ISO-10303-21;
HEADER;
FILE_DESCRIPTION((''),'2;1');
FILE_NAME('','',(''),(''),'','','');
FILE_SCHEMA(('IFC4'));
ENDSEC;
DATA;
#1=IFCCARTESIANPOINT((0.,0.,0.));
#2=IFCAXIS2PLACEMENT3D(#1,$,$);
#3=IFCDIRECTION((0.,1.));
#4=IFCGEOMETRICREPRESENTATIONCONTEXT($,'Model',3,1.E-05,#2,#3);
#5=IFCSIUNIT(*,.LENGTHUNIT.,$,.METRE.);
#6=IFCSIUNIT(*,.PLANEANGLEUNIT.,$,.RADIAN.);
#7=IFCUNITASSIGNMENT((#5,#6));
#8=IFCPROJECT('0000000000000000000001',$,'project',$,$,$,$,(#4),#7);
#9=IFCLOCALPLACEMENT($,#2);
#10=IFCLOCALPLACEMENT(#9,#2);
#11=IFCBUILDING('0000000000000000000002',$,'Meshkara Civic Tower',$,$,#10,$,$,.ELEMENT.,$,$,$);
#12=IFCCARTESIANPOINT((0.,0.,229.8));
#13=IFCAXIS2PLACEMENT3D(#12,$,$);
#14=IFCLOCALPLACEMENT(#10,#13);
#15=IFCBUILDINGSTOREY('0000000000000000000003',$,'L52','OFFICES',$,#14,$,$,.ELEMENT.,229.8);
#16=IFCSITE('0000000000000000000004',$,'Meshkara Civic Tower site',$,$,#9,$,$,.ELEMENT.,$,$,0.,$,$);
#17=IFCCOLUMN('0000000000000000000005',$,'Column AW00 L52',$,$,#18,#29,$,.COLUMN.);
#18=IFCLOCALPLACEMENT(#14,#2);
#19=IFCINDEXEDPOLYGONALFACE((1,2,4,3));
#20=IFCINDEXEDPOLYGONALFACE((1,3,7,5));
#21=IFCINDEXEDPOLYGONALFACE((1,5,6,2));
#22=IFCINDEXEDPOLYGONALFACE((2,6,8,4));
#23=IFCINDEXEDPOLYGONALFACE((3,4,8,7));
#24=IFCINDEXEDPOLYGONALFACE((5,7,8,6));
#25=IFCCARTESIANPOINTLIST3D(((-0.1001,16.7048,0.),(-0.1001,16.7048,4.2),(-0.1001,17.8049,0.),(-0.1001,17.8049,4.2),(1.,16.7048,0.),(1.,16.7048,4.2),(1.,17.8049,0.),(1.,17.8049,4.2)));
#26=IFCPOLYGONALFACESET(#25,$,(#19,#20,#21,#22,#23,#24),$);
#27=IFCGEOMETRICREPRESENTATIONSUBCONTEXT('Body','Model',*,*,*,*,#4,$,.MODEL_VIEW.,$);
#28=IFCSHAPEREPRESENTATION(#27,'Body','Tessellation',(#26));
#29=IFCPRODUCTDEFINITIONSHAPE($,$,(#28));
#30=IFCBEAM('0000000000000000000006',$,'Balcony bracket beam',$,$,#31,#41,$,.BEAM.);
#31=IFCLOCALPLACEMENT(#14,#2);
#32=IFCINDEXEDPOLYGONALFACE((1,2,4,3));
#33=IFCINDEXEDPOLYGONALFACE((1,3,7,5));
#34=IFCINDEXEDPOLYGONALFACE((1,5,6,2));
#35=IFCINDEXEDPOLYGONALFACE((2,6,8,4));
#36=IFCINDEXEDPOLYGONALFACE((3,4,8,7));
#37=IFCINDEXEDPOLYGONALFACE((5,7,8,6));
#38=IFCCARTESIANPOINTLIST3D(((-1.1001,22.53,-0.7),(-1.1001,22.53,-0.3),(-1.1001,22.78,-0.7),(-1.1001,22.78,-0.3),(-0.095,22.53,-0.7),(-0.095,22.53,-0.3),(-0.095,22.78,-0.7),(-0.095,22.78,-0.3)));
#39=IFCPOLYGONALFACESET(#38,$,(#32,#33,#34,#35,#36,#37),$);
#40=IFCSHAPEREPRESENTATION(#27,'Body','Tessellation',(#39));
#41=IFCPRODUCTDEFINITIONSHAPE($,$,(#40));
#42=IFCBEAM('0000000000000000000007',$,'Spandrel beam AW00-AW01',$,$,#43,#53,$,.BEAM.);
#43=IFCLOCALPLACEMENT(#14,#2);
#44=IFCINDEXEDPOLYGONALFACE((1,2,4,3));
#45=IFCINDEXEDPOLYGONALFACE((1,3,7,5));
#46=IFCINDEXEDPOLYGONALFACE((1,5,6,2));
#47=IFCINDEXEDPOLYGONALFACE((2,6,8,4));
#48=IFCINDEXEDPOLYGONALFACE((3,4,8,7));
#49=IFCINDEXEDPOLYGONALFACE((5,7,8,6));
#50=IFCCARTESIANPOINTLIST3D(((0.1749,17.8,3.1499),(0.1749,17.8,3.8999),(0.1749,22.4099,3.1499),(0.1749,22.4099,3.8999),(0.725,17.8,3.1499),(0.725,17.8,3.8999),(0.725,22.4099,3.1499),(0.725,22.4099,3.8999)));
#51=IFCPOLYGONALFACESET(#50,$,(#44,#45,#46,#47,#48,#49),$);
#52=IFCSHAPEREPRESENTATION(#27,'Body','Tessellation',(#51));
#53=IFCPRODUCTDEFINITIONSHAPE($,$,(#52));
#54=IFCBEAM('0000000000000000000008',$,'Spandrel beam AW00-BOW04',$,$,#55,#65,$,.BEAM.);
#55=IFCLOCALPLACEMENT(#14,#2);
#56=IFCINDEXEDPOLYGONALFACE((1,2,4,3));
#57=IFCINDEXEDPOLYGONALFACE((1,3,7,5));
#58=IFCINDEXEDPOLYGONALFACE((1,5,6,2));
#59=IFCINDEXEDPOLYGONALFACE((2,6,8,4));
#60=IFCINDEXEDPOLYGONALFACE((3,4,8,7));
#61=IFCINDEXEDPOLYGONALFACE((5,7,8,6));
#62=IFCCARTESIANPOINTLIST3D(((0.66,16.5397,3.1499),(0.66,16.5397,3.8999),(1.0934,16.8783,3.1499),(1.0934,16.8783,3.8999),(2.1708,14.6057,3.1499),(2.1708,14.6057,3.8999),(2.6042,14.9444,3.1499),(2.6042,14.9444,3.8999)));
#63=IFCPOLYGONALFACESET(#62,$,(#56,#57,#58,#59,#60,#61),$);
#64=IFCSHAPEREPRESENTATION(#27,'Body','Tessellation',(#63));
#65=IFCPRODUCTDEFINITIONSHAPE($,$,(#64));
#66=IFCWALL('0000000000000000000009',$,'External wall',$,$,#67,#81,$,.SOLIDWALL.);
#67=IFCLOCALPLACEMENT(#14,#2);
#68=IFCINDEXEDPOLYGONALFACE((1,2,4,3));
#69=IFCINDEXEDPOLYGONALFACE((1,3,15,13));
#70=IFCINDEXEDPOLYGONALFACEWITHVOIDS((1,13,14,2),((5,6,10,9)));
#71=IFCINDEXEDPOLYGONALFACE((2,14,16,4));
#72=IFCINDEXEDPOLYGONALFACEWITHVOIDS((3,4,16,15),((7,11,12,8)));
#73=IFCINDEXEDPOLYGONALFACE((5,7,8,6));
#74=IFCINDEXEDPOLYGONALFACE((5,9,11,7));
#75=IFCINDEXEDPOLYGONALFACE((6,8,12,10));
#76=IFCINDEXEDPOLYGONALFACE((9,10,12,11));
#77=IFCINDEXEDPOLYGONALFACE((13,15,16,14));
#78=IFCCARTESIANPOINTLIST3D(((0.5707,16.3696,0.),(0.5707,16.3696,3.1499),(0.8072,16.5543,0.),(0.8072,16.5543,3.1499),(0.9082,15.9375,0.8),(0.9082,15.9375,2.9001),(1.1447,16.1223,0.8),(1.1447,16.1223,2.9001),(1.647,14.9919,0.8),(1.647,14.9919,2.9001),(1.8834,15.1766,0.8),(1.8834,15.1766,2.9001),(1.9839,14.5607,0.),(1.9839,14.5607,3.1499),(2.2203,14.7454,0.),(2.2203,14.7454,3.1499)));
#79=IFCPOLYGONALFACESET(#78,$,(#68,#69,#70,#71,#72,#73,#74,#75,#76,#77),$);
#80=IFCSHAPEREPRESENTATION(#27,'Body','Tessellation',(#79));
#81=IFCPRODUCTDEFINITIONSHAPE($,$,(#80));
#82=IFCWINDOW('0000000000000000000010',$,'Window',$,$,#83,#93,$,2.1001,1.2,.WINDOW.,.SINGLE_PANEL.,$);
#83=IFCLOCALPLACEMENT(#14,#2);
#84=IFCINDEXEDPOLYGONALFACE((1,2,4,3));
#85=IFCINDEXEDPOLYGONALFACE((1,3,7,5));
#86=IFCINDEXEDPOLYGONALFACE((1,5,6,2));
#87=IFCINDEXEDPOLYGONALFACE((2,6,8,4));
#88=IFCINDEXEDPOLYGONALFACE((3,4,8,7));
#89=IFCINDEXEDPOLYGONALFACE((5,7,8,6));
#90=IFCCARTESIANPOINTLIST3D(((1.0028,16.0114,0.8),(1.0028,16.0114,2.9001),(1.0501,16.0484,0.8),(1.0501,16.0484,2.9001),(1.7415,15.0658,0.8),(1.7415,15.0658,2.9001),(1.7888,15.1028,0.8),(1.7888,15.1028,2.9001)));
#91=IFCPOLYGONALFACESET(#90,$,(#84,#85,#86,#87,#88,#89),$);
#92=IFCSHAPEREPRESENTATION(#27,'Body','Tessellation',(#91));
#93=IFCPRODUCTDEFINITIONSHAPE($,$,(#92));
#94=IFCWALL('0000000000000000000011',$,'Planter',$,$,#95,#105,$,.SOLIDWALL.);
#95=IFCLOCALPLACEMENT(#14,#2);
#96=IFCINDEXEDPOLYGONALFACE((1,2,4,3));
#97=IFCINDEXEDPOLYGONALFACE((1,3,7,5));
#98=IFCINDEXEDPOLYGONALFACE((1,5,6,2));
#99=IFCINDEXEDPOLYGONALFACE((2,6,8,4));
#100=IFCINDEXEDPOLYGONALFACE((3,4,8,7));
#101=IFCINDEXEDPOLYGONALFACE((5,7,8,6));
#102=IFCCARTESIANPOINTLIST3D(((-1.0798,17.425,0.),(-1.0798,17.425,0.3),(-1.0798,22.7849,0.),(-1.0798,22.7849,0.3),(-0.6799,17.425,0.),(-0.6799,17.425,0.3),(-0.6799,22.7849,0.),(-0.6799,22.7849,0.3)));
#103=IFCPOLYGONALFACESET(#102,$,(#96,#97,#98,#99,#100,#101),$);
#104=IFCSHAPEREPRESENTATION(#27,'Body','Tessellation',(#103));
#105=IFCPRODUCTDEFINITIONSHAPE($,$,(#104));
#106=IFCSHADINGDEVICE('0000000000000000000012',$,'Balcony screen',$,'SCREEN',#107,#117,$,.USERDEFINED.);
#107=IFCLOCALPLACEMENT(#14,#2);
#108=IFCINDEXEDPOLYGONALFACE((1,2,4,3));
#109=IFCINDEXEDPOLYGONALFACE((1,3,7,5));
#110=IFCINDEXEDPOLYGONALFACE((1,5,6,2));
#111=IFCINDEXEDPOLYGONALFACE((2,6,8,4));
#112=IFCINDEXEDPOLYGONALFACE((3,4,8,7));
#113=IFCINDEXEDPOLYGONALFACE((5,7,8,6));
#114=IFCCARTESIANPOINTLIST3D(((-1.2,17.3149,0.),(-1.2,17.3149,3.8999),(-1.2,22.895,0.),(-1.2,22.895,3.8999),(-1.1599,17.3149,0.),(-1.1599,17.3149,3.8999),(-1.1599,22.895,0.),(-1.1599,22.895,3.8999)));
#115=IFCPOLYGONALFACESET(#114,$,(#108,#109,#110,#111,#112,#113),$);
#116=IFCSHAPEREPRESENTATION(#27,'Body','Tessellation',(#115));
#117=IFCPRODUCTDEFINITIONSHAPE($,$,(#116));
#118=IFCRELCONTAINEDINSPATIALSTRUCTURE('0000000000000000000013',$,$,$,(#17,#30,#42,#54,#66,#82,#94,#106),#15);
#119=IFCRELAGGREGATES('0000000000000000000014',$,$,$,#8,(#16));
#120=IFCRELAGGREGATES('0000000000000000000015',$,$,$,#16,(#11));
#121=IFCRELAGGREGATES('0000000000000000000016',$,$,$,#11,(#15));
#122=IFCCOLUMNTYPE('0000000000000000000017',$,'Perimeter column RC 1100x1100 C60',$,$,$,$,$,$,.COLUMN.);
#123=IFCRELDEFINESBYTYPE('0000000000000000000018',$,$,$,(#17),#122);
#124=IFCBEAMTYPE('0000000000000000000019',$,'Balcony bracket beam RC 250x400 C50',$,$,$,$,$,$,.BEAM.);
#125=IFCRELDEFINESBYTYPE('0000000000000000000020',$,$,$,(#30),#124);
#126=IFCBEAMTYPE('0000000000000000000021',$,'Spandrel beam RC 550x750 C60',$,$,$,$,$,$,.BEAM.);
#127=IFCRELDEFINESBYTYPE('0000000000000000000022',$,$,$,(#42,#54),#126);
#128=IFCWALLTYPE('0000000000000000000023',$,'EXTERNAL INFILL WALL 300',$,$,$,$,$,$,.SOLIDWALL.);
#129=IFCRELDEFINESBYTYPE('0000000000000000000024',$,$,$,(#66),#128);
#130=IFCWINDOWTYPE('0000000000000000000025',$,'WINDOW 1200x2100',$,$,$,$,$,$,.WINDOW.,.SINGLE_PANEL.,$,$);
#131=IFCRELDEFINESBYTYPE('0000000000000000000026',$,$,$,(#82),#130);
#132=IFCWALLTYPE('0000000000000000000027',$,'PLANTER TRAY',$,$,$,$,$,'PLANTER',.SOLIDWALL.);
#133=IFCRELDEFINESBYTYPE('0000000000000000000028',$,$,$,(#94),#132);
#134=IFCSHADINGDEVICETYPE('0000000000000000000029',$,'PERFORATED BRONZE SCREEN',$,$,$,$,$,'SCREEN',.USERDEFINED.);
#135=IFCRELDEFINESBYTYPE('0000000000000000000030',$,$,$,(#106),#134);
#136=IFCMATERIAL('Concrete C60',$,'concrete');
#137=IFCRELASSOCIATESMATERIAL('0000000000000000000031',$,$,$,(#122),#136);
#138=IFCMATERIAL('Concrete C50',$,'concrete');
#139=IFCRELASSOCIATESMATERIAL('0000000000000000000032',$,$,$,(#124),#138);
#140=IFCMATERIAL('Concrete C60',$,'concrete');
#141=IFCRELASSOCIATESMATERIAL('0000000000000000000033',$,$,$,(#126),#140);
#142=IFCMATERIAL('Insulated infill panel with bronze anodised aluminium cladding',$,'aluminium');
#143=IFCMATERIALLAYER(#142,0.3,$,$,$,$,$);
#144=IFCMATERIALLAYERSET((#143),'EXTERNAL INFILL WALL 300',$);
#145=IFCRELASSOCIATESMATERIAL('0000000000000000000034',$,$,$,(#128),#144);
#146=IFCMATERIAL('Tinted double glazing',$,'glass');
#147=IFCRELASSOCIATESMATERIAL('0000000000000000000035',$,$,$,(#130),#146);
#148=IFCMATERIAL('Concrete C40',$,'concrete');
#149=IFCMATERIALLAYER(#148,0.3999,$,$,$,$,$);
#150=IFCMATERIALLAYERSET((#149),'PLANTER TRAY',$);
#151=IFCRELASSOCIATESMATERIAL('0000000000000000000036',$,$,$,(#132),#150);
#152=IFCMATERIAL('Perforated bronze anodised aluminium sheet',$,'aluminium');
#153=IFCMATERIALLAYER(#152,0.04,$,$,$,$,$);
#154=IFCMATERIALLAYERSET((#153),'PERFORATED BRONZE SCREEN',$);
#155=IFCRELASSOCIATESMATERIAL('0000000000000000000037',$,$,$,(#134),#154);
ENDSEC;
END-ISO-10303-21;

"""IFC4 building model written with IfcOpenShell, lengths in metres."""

from ifc_helpers import new_model, si_unit, direction, frame, frame_2d, origin, origin_2d, place, context, subcontext, project, spatial, rectangle, extrude, material, layer, layer_set, material_profile, profile_set, type_object, element, fill, save


model = new_model("IFC4")

# Units and contexts
model_context = context("Model", 3, precision=1e-05, world=origin(), true_north=direction((0.0, 1.0)))
body_context = subcontext(model_context, "Body", "Model", "MODEL_VIEW")
ifc_project = project(units=[si_unit("LENGTHUNIT", "METRE"), si_unit("PLANEANGLEUNIT", "RADIAN")], contexts=[model_context])

# Site, building, storey
site_placement = place(None, origin())
site = spatial("IfcSite", under=ifc_project, at=site_placement, Name="Meshkara Civic Tower site", CompositionType="ELEMENT", RefElevation=0.0)
building_placement = place(site_placement, origin())
building = spatial("IfcBuilding", under=site, at=building_placement, Name="Meshkara Civic Tower", CompositionType="ELEMENT")
storey_placement = place(building_placement, frame((0.0, 0.0, 229.8)))
storey = spatial("IfcBuildingStorey", under=building, at=storey_placement, Name="L52", Description="OFFICES", CompositionType="ELEMENT", Elevation=229.8)

# Column
ifc_material_1 = material(Name="Concrete C60", Category="concrete")
ifc_material_profile_1 = material_profile(ifc_material_1, rectangle(XDim=1.1001, YDim=1.1001, at=origin_2d()))
ifc_profile_set_1 = profile_set([ifc_material_profile_1], Name="Concrete C60")
column_type = type_object("IfcColumnType", Name="Perimeter column RC 1100x1100 C60", PredefinedType="COLUMN", material=ifc_profile_set_1)
column_placement = place(storey_placement, frame((0.45, 17.2549, 0.0), z_axis=(0.0, 0.0, 1.0), x_axis=(1.0, 0.0, 0.0)))
element("IfcColumn", 1, at=column_placement, inside=storey, type_object=column_type, Name="Column AW00 L52", PredefinedType="COLUMN", context=body_context, shape_type="SweptSolid", body=[
    extrude(rectangle(XDim=1.1001, YDim=1.1001, at=origin_2d()), origin(), (0.0, 0.0, 1.0), 4.2),
])

# Beams
ifc_material_2 = material(Name="Concrete C50", Category="concrete")
ifc_material_profile_2 = material_profile(ifc_material_2, rectangle(XDim=0.25, YDim=0.3999, at=origin_2d()))
ifc_profile_set_2 = profile_set([ifc_material_profile_2], Name="Concrete C50")
beam_type_1 = type_object("IfcBeamType", Name="Balcony bracket beam RC 250x400 C50", PredefinedType="BEAM", material=ifc_profile_set_2)
beam_1_placement = place(storey_placement, frame((-0.095, 22.655, -0.5), z_axis=(-1.0, 0.0, 0.0), x_axis=(0.0, -1.0, 0.0)))
element("IfcBeam", 2, at=beam_1_placement, inside=storey, type_object=beam_type_1, Name="Balcony bracket beam", PredefinedType="BEAM", context=body_context, shape_type="SweptSolid", body=[
    extrude(rectangle(XDim=0.25, YDim=0.3999, at=origin_2d()), origin(), (0.0, 0.0, 1.0), 1.0051),
])
ifc_material_3 = material(Name="Concrete C60", Category="concrete")
ifc_material_profile_3 = material_profile(ifc_material_3, rectangle(XDim=0.55, YDim=0.75, at=origin_2d()))
ifc_profile_set_3 = profile_set([ifc_material_profile_3], Name="Concrete C60")
beam_type_2 = type_object("IfcBeamType", Name="Spandrel beam RC 550x750 C60", PredefinedType="BEAM", material=ifc_profile_set_3)
beam_2_placement = place(storey_placement, frame((0.45, 22.4099, 3.5249), z_axis=(0.0, -1.0, 0.0), x_axis=(1.0, 0.0, 0.0)))
element("IfcBeam", 3, at=beam_2_placement, inside=storey, type_object=beam_type_2, Name="Spandrel beam AW00-AW01", PredefinedType="BEAM", context=body_context, shape_type="SweptSolid", body=[
    extrude(rectangle(XDim=0.55, YDim=0.75, at=origin_2d()), origin(), (0.0, 0.0, 1.0), 4.6099),
])
beam_3_placement = place(storey_placement, frame((0.8767, 16.709, 3.5249), z_axis=(0.615627, -0.788038, 0.0), x_axis=(0.788038, 0.615627, 0.0)))
element("IfcBeam", 4, at=beam_3_placement, inside=storey, type_object=beam_type_2, Name="Spandrel beam AW00-BOW04", PredefinedType="BEAM", context=body_context, shape_type="SweptSolid", body=[
    extrude(rectangle(XDim=0.55, YDim=0.75, at=origin_2d()), origin(), (0.0, 0.0, 1.0), 2.4541),
])

# Wall, opening, window
ifc_material_4 = material(Name="Insulated infill panel with bronze anodised aluminium cladding", Category="aluminium")
ifc_layer_1 = layer(ifc_material_4, 0.3)
ifc_layer_set_1 = layer_set([ifc_layer_1], Name="EXTERNAL INFILL WALL 300")
wall_type_1 = type_object("IfcWallType", Name="EXTERNAL INFILL WALL 300", PredefinedType="SOLIDWALL", material=ifc_layer_set_1)
wall_1_placement = place(storey_placement, frame((0.689, 16.4619, 0.0), z_axis=(0.0, 0.0, 1.0), x_axis=(0.615625, -0.788039, 0.0)))
wall_1 = element("IfcWall", 5, at=wall_1_placement, inside=storey, type_object=wall_type_1, Name="External wall", PredefinedType="SOLIDWALL", context=body_context, shape_type="SweptSolid", body=[
    extrude(rectangle(XDim=2.2954, YDim=0.3, at=frame_2d((1.1477, 0.0))), origin(), (0.0, 0.0, 1.0), 3.1499),
])
opening_1_placement = place(wall_1_placement, frame((0.5481, 0.0, 0.8)))
opening_1 = element("IfcOpeningElement", 6, at=opening_1_placement, cuts=wall_1, PredefinedType="OPENING", context=body_context, shape_type="SweptSolid", body=[
    extrude(rectangle(XDim=1.2, YDim=2.1001, at=frame_2d((0.6001, 1.05))), frame((0.0, 0.1599, 0.0), z_axis=(0.0, -1.0, 0.0), x_axis=(1.0, 0.0, 0.0)), (0.0, 0.0, 1.0), 0.3201),
])
ifc_material_5 = material(Name="Tinted double glazing", Category="glass")
window_type = type_object("IfcWindowType", Name="WINDOW 1200x2100", PartitioningType="SINGLE_PANEL", PredefinedType="WINDOW", material=ifc_material_5)
window_placement = place(opening_1_placement, origin())
window = element("IfcWindow", 7, at=window_placement, inside=storey, type_object=window_type, Name="Window", OverallHeight=2.1001, OverallWidth=1.2, PartitioningType="SINGLE_PANEL", PredefinedType="WINDOW", context=body_context, shape_type="SweptSolid", body=[
    extrude(rectangle(XDim=1.2, YDim=2.1001, at=frame_2d((0.6001, 1.05))), frame((0.0, 0.03, 0.0), z_axis=(0.0, -1.0, 0.0), x_axis=(1.0, 0.0, 0.0)), (0.0, 0.0, 1.0), 0.0601),
])
fill(opening_1, window)

# Wall
ifc_material_6 = material(Name="Concrete C40", Category="concrete")
ifc_layer_2 = layer(ifc_material_6, 0.3999)
ifc_layer_set_2 = layer_set([ifc_layer_2], Name="PLANTER TRAY")
wall_type_2 = type_object("IfcWallType", Name="PLANTER TRAY", ElementType="PLANTER", PredefinedType="SOLIDWALL", material=ifc_layer_set_2)
wall_2_placement = place(storey_placement, frame((-0.8799, 22.7849, 0.0), z_axis=(0.0, 0.0, 1.0), x_axis=(0.0, -1.0, 0.0)))
element("IfcWall", 8, at=wall_2_placement, inside=storey, type_object=wall_type_2, Name="Planter", PredefinedType="SOLIDWALL", context=body_context, shape_type="SweptSolid", body=[
    extrude(rectangle(XDim=5.3599, YDim=0.3999, at=frame_2d((2.6799, 0.0))), origin(), (0.0, 0.0, 1.0), 0.3),
])

# Shading device
ifc_material_7 = material(Name="Perforated bronze anodised aluminium sheet", Category="aluminium")
ifc_layer_3 = layer(ifc_material_7, 0.04)
ifc_layer_set_3 = layer_set([ifc_layer_3], Name="PERFORATED BRONZE SCREEN")
shading_device_type = type_object("IfcShadingDeviceType", Name="PERFORATED BRONZE SCREEN", ElementType="SCREEN", PredefinedType="USERDEFINED", material=ifc_layer_set_3)
shading_device_placement = place(storey_placement, frame((-1.1799, 20.105, 0.0), z_axis=(0.0, 0.0, 1.0), x_axis=(0.0, -1.0, 0.0)))
element("IfcShadingDevice", 9, at=shading_device_placement, inside=storey, type_object=shading_device_type, Name="Balcony screen", ObjectType="SCREEN", PredefinedType="USERDEFINED", context=body_context, shape_type="SweptSolid", body=[
    extrude(rectangle(XDim=5.5801, YDim=0.04, at=origin_2d()), origin(), (0.0, 0.0, 1.0), 3.8999),
])

save(model, "model.ifc")
